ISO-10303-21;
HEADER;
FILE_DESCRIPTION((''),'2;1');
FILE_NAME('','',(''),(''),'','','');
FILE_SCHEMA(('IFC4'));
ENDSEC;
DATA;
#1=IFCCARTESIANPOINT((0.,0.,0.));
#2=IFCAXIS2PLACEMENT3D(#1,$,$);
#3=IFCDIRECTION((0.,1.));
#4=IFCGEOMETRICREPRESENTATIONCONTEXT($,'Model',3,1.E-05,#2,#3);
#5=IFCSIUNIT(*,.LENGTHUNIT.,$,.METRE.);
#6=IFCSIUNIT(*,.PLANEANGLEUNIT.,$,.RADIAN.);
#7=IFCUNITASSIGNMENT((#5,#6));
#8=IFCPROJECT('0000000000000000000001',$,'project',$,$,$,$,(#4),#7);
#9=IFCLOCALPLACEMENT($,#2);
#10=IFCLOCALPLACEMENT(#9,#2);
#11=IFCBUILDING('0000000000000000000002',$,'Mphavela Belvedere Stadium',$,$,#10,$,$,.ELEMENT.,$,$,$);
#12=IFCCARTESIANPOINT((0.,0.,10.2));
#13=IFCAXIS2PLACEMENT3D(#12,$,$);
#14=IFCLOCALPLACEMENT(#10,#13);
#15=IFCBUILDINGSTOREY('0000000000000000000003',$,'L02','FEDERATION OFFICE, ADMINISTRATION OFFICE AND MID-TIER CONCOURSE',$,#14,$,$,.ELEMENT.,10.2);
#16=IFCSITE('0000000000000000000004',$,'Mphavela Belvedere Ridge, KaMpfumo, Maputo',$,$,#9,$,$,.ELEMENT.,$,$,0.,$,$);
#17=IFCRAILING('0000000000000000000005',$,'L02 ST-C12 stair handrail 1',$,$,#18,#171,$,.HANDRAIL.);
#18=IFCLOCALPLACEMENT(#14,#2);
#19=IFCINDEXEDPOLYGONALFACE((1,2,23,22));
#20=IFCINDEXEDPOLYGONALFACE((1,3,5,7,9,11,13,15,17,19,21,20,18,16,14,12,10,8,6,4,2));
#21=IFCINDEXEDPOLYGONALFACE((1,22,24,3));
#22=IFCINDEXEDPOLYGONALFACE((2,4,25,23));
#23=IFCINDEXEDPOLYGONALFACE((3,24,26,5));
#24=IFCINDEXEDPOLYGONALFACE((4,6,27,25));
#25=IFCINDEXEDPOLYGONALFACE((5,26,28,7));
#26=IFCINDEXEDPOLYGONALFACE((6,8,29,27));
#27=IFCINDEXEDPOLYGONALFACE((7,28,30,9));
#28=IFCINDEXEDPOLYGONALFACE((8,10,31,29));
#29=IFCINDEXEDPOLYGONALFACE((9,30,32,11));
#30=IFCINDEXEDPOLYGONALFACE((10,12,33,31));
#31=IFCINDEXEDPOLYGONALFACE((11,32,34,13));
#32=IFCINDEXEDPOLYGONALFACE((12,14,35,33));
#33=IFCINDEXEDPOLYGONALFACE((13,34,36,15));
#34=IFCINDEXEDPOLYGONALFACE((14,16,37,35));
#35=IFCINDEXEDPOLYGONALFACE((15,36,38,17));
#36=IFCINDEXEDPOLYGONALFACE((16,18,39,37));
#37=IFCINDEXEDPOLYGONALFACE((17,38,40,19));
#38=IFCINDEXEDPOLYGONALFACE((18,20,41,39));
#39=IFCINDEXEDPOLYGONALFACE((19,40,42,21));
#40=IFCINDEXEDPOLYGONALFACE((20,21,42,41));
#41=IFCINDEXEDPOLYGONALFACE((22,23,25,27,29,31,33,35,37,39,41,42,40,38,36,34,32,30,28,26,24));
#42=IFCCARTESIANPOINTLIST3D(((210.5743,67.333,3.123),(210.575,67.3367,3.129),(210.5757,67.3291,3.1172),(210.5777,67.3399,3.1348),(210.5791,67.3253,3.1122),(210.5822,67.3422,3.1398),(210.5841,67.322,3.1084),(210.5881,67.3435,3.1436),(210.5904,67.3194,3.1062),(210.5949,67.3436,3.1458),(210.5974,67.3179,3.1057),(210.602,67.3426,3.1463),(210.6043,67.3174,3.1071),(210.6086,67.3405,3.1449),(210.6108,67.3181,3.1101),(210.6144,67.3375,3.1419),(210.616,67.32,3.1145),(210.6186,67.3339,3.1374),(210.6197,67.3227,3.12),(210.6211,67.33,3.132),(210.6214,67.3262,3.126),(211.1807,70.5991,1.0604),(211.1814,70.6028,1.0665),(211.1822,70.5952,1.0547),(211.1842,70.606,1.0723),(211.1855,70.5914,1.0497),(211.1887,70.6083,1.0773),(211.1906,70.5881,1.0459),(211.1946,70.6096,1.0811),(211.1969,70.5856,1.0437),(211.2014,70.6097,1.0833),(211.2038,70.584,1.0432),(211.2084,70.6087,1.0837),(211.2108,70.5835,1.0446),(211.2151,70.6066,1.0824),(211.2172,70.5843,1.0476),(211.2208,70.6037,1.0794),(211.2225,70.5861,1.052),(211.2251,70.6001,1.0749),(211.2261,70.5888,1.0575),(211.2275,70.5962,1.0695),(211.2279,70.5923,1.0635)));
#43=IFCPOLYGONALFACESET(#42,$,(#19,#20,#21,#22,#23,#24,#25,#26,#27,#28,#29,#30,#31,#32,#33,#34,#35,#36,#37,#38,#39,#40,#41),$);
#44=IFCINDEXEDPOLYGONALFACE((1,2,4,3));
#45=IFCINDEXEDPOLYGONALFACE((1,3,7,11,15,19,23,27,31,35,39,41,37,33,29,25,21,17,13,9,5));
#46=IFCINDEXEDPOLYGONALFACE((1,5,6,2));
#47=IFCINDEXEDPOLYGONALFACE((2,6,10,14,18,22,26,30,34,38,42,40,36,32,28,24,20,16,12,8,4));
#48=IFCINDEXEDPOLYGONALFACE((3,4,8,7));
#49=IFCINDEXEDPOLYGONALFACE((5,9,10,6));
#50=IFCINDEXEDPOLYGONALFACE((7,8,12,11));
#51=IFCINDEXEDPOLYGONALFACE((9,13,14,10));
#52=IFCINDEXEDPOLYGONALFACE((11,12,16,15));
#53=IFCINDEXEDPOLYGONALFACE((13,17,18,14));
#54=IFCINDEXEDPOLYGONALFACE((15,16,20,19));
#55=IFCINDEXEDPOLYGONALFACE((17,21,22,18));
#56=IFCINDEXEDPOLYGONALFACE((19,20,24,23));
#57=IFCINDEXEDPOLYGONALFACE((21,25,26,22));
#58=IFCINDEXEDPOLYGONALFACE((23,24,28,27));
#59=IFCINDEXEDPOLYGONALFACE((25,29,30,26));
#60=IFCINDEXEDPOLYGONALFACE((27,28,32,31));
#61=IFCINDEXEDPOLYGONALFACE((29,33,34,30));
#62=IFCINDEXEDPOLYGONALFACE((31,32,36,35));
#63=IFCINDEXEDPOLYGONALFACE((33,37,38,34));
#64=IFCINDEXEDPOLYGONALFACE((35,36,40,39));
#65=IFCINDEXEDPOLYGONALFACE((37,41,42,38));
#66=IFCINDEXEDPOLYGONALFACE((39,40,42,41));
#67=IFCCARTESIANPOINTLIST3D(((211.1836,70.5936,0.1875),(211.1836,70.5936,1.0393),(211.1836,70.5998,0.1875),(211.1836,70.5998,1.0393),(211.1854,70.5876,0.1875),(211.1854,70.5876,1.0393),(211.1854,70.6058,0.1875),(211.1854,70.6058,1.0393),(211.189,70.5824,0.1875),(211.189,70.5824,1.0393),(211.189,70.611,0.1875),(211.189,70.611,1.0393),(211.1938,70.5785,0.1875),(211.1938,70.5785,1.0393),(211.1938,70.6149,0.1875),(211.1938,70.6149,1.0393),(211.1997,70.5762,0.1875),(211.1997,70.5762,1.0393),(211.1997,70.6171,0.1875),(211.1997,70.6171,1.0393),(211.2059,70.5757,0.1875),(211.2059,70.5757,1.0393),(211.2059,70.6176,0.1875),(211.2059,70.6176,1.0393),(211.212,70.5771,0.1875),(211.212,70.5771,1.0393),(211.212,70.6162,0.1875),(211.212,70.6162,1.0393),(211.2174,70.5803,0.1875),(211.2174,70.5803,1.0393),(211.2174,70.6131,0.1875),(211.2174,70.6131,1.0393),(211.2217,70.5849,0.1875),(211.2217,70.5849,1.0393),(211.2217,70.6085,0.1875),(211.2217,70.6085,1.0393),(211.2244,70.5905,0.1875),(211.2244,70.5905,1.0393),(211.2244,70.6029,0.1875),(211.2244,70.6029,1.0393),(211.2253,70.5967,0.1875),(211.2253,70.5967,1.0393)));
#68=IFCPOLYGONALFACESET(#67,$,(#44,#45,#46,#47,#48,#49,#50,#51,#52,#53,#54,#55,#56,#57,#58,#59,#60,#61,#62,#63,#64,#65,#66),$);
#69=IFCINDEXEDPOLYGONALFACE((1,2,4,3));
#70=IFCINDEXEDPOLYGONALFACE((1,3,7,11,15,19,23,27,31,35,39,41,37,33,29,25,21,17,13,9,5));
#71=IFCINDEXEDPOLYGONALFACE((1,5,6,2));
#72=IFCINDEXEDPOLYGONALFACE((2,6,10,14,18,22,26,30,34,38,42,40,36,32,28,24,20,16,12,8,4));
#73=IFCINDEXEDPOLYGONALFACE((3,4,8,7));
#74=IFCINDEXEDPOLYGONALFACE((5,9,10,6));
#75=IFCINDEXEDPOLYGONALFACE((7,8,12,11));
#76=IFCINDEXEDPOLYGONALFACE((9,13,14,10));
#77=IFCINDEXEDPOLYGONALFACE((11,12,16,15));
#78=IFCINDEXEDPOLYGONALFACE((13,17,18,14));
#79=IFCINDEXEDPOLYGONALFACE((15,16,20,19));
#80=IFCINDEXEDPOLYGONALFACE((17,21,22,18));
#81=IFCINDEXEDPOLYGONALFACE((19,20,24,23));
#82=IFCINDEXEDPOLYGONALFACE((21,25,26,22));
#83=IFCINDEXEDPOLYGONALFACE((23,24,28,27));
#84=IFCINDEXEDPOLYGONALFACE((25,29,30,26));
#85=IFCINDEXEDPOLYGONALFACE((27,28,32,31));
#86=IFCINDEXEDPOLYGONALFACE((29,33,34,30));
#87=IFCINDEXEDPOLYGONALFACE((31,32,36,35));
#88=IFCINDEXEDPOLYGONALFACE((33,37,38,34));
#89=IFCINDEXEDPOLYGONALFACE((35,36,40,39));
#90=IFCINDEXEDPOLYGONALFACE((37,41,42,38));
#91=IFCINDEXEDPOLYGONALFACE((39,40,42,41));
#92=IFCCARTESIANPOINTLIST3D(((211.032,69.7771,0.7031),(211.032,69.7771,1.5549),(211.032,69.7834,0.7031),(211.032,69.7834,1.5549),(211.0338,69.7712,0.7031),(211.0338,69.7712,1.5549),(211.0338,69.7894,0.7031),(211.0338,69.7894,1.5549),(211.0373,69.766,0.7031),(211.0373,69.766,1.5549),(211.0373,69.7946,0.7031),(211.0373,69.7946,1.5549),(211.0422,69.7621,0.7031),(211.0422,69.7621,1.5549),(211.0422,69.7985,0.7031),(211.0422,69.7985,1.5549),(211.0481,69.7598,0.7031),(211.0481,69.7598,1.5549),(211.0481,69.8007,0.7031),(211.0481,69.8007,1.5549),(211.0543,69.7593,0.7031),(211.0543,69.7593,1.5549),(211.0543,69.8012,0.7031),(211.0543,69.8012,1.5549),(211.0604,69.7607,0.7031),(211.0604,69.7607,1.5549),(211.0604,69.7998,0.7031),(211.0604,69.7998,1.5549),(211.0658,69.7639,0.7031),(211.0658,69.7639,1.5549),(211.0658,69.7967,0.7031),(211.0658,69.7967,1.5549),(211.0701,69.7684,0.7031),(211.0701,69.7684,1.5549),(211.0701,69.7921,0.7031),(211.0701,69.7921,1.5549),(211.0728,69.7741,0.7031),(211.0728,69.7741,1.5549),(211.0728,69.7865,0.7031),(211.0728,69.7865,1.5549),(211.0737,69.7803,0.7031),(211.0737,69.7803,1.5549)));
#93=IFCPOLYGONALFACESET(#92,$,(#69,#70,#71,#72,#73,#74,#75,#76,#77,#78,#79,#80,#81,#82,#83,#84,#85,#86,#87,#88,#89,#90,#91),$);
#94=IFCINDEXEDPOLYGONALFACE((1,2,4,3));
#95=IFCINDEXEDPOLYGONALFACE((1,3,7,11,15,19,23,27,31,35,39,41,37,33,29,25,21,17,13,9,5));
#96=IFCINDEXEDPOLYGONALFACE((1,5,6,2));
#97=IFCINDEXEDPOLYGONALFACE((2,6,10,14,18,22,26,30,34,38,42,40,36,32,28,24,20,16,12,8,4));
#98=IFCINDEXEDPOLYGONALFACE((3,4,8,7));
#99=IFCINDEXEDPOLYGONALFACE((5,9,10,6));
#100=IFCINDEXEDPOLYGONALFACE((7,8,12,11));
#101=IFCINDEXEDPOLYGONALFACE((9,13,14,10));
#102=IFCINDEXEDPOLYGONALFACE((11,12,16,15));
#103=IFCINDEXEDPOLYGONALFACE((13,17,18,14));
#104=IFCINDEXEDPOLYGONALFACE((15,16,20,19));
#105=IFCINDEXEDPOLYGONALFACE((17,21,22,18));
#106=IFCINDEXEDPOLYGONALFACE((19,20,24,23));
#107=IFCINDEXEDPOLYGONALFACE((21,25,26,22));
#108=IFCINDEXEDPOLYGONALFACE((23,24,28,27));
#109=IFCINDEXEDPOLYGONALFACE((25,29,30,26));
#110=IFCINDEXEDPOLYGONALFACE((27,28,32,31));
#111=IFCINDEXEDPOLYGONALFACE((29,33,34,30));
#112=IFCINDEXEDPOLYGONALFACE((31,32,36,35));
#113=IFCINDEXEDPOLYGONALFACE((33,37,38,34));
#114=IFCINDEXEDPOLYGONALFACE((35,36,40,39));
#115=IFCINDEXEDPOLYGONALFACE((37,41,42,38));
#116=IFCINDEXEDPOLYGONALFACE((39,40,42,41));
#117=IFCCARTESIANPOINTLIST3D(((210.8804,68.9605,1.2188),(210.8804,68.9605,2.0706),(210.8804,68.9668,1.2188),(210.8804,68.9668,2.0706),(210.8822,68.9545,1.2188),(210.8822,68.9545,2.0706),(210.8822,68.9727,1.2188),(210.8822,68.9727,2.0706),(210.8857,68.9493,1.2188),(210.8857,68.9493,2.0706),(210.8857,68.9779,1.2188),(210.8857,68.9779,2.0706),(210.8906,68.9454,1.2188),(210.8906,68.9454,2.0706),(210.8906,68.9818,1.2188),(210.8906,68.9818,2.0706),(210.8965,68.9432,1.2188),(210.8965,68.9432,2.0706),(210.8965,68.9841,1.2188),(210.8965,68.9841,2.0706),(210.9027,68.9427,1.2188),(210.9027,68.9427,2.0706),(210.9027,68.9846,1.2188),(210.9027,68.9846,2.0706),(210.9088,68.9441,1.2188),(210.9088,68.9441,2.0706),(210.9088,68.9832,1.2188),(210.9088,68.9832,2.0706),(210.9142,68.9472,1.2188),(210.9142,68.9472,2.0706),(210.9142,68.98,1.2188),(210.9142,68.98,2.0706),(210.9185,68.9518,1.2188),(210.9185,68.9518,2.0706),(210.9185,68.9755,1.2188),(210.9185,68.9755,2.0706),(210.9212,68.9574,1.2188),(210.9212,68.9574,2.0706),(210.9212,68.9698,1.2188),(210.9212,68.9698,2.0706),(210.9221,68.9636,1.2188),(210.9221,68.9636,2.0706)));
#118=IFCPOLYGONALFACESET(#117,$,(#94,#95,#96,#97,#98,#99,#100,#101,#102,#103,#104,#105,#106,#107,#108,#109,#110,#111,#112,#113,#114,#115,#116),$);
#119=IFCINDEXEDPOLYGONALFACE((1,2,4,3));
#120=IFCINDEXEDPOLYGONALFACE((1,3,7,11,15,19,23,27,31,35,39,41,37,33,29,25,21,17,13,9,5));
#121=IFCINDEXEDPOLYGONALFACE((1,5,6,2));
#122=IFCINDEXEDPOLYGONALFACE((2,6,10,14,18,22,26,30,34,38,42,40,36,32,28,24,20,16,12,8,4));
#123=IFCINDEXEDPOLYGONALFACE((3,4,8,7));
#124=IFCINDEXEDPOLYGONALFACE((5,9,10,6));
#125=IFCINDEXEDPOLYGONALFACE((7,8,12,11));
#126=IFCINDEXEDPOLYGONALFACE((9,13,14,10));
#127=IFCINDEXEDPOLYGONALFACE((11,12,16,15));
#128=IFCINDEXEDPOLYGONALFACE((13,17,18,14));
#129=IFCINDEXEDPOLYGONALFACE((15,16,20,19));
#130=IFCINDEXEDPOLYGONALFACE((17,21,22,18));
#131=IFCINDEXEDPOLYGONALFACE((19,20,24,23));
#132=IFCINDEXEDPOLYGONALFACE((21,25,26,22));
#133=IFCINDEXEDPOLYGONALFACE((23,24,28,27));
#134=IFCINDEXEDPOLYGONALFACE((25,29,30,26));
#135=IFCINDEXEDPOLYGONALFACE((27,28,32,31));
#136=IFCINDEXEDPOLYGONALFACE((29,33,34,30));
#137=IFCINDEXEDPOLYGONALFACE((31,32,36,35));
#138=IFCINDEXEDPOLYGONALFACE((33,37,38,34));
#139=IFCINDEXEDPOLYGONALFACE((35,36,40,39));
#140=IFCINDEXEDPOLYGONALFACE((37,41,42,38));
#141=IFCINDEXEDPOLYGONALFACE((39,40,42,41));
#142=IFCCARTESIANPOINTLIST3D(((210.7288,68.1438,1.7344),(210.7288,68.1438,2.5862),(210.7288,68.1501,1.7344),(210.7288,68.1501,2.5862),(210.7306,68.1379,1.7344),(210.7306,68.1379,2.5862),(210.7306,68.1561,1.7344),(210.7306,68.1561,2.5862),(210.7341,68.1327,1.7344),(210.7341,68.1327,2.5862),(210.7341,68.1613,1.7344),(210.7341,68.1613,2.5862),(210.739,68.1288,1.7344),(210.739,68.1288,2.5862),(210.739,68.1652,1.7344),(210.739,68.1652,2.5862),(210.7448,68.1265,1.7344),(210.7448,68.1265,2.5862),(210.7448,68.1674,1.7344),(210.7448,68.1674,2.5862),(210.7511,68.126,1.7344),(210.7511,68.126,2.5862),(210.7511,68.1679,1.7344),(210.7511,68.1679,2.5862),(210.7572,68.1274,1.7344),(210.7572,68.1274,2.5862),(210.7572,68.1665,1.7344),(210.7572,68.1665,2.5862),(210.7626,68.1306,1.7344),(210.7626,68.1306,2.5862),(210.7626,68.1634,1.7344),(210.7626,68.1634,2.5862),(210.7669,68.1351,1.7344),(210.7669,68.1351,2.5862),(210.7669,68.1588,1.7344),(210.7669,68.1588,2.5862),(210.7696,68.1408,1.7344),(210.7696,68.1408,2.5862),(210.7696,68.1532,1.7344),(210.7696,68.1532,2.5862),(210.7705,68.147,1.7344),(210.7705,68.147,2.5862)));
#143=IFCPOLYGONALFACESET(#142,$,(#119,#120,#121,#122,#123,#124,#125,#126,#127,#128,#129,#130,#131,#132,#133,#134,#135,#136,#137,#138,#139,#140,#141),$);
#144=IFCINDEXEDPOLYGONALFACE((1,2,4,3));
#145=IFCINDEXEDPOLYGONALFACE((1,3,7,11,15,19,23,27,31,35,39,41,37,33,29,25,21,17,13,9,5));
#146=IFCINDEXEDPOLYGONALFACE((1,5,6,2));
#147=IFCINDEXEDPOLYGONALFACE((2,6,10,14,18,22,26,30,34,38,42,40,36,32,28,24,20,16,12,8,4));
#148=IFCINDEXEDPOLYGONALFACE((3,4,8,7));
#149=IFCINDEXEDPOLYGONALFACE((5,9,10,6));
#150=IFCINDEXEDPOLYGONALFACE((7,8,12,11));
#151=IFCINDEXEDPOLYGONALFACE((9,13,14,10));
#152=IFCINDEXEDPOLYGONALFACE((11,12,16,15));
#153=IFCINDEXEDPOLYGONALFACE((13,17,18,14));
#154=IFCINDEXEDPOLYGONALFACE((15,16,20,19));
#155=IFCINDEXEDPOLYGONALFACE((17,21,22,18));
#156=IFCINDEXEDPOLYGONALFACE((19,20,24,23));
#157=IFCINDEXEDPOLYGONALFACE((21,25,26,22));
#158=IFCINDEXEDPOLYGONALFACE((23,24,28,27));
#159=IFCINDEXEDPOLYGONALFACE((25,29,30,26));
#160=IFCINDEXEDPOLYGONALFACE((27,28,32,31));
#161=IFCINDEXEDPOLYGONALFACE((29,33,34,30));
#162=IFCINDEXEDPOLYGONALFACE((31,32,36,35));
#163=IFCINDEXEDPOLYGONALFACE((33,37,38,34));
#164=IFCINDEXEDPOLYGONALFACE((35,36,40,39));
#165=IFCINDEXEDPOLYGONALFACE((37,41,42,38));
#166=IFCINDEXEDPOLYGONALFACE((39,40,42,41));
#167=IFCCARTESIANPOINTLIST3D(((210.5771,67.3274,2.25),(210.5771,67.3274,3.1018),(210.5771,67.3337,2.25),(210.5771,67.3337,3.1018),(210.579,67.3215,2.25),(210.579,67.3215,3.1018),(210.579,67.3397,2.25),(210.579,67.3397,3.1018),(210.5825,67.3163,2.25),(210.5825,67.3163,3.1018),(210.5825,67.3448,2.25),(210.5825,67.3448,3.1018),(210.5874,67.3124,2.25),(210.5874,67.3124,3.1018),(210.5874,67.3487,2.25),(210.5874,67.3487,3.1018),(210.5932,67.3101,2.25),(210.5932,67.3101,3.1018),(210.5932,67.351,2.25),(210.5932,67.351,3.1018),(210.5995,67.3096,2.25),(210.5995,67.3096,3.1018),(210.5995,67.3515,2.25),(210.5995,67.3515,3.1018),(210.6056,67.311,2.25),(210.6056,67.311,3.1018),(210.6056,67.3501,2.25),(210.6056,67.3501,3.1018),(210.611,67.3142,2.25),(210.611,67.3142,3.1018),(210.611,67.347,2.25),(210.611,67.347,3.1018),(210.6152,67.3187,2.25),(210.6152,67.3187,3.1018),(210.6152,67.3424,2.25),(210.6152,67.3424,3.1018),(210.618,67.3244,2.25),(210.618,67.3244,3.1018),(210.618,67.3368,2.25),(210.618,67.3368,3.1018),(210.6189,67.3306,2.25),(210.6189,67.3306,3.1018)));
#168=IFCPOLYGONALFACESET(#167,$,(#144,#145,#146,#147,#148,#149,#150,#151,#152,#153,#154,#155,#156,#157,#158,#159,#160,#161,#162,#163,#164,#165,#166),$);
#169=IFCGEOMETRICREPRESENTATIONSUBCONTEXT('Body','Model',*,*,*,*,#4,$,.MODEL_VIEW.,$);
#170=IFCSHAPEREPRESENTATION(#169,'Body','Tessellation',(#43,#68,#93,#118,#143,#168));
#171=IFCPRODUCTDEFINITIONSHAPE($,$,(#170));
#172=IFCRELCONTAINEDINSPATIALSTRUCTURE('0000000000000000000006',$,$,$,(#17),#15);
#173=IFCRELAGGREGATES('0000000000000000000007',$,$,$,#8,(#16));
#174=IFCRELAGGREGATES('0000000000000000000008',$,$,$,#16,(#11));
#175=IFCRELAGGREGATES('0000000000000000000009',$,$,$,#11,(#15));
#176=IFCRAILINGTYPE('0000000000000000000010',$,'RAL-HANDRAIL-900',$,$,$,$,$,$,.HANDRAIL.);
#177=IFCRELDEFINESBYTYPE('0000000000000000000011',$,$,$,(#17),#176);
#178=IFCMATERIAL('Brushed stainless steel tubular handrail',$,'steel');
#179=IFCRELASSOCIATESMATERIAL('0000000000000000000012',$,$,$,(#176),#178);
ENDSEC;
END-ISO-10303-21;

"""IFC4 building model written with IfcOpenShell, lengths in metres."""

from ifc_helpers import new_model, si_unit, direction, frame, origin, origin_2d, place, context, subcontext, project, spatial, circle, extrude, material, type_object, element, save


model = new_model("IFC4")

# Units and contexts
model_context = context("Model", 3, precision=1e-05, world=origin(), true_north=direction((0.0, 1.0)))
body_context = subcontext(model_context, "Body", "Model", "MODEL_VIEW")
ifc_project = project(units=[si_unit("LENGTHUNIT", "METRE"), si_unit("PLANEANGLEUNIT", "RADIAN")], contexts=[model_context])

# Site, building, storey
site_placement = place(None, origin())
site = spatial("IfcSite", under=ifc_project, at=site_placement, Name="Mphavela Belvedere Ridge, KaMpfumo, Maputo", CompositionType="ELEMENT", RefElevation=0.0)
building_placement = place(site_placement, origin())
building = spatial("IfcBuilding", under=site, at=building_placement, Name="Mphavela Belvedere Stadium", CompositionType="ELEMENT")
storey_placement = place(building_placement, frame((0.0, 0.0, 10.2)))
storey = spatial("IfcBuildingStorey", under=building, at=storey_placement, Name="L02", Description="FEDERATION OFFICE, ADMINISTRATION OFFICE AND MID-TIER CONCOURSE", CompositionType="ELEMENT", Elevation=10.2)

# Railing
ifc_material_1 = material(Name="Brushed stainless steel tubular handrail", Category="steel")
railing_type_1 = type_object("IfcRailingType", Name="RAL-HANDRAIL-900", PredefinedType="HANDRAIL", material=ifc_material_1)
railing_1_placement = place(storey_placement, frame((211.2043, 70.5967, 0.1875)))
element("IfcRailing", 1, at=railing_1_placement, inside=storey, type_object=railing_type_1, Name="L02 ST-C12 stair handrail 1", PredefinedType="HANDRAIL", context=body_context, shape_type="SweptSolid", body=[
    extrude(circle(Radius=0.0239, at=origin_2d()), frame((0.0, 0.0, 0.876), z_axis=(-0.155096, -0.835294, 0.527475), x_axis=(0.983195, -0.182558, 0.0)), (0.0, 0.0, 1.0), 3.9102),
    extrude(circle(Radius=0.021, at=origin_2d()), origin(), (0.0, 0.0, 1.0), 0.8518),
    extrude(circle(Radius=0.021, at=origin_2d()), frame((-0.1516, -0.8164, 0.5156)), (0.0, 0.0, 1.0), 0.8518),
    extrude(circle(Radius=0.021, at=origin_2d()), frame((-0.3032, -1.6331, 1.0312)), (0.0, 0.0, 1.0), 0.8518),
    extrude(circle(Radius=0.021, at=origin_2d()), frame((-0.4548, -2.4497, 1.5469)), (0.0, 0.0, 1.0), 0.8518),
    extrude(circle(Radius=0.021, at=origin_2d()), frame((-0.6064, -3.2661, 2.0625)), (0.0, 0.0, 1.0), 0.8518),
])

save(model, "model.ifc")
